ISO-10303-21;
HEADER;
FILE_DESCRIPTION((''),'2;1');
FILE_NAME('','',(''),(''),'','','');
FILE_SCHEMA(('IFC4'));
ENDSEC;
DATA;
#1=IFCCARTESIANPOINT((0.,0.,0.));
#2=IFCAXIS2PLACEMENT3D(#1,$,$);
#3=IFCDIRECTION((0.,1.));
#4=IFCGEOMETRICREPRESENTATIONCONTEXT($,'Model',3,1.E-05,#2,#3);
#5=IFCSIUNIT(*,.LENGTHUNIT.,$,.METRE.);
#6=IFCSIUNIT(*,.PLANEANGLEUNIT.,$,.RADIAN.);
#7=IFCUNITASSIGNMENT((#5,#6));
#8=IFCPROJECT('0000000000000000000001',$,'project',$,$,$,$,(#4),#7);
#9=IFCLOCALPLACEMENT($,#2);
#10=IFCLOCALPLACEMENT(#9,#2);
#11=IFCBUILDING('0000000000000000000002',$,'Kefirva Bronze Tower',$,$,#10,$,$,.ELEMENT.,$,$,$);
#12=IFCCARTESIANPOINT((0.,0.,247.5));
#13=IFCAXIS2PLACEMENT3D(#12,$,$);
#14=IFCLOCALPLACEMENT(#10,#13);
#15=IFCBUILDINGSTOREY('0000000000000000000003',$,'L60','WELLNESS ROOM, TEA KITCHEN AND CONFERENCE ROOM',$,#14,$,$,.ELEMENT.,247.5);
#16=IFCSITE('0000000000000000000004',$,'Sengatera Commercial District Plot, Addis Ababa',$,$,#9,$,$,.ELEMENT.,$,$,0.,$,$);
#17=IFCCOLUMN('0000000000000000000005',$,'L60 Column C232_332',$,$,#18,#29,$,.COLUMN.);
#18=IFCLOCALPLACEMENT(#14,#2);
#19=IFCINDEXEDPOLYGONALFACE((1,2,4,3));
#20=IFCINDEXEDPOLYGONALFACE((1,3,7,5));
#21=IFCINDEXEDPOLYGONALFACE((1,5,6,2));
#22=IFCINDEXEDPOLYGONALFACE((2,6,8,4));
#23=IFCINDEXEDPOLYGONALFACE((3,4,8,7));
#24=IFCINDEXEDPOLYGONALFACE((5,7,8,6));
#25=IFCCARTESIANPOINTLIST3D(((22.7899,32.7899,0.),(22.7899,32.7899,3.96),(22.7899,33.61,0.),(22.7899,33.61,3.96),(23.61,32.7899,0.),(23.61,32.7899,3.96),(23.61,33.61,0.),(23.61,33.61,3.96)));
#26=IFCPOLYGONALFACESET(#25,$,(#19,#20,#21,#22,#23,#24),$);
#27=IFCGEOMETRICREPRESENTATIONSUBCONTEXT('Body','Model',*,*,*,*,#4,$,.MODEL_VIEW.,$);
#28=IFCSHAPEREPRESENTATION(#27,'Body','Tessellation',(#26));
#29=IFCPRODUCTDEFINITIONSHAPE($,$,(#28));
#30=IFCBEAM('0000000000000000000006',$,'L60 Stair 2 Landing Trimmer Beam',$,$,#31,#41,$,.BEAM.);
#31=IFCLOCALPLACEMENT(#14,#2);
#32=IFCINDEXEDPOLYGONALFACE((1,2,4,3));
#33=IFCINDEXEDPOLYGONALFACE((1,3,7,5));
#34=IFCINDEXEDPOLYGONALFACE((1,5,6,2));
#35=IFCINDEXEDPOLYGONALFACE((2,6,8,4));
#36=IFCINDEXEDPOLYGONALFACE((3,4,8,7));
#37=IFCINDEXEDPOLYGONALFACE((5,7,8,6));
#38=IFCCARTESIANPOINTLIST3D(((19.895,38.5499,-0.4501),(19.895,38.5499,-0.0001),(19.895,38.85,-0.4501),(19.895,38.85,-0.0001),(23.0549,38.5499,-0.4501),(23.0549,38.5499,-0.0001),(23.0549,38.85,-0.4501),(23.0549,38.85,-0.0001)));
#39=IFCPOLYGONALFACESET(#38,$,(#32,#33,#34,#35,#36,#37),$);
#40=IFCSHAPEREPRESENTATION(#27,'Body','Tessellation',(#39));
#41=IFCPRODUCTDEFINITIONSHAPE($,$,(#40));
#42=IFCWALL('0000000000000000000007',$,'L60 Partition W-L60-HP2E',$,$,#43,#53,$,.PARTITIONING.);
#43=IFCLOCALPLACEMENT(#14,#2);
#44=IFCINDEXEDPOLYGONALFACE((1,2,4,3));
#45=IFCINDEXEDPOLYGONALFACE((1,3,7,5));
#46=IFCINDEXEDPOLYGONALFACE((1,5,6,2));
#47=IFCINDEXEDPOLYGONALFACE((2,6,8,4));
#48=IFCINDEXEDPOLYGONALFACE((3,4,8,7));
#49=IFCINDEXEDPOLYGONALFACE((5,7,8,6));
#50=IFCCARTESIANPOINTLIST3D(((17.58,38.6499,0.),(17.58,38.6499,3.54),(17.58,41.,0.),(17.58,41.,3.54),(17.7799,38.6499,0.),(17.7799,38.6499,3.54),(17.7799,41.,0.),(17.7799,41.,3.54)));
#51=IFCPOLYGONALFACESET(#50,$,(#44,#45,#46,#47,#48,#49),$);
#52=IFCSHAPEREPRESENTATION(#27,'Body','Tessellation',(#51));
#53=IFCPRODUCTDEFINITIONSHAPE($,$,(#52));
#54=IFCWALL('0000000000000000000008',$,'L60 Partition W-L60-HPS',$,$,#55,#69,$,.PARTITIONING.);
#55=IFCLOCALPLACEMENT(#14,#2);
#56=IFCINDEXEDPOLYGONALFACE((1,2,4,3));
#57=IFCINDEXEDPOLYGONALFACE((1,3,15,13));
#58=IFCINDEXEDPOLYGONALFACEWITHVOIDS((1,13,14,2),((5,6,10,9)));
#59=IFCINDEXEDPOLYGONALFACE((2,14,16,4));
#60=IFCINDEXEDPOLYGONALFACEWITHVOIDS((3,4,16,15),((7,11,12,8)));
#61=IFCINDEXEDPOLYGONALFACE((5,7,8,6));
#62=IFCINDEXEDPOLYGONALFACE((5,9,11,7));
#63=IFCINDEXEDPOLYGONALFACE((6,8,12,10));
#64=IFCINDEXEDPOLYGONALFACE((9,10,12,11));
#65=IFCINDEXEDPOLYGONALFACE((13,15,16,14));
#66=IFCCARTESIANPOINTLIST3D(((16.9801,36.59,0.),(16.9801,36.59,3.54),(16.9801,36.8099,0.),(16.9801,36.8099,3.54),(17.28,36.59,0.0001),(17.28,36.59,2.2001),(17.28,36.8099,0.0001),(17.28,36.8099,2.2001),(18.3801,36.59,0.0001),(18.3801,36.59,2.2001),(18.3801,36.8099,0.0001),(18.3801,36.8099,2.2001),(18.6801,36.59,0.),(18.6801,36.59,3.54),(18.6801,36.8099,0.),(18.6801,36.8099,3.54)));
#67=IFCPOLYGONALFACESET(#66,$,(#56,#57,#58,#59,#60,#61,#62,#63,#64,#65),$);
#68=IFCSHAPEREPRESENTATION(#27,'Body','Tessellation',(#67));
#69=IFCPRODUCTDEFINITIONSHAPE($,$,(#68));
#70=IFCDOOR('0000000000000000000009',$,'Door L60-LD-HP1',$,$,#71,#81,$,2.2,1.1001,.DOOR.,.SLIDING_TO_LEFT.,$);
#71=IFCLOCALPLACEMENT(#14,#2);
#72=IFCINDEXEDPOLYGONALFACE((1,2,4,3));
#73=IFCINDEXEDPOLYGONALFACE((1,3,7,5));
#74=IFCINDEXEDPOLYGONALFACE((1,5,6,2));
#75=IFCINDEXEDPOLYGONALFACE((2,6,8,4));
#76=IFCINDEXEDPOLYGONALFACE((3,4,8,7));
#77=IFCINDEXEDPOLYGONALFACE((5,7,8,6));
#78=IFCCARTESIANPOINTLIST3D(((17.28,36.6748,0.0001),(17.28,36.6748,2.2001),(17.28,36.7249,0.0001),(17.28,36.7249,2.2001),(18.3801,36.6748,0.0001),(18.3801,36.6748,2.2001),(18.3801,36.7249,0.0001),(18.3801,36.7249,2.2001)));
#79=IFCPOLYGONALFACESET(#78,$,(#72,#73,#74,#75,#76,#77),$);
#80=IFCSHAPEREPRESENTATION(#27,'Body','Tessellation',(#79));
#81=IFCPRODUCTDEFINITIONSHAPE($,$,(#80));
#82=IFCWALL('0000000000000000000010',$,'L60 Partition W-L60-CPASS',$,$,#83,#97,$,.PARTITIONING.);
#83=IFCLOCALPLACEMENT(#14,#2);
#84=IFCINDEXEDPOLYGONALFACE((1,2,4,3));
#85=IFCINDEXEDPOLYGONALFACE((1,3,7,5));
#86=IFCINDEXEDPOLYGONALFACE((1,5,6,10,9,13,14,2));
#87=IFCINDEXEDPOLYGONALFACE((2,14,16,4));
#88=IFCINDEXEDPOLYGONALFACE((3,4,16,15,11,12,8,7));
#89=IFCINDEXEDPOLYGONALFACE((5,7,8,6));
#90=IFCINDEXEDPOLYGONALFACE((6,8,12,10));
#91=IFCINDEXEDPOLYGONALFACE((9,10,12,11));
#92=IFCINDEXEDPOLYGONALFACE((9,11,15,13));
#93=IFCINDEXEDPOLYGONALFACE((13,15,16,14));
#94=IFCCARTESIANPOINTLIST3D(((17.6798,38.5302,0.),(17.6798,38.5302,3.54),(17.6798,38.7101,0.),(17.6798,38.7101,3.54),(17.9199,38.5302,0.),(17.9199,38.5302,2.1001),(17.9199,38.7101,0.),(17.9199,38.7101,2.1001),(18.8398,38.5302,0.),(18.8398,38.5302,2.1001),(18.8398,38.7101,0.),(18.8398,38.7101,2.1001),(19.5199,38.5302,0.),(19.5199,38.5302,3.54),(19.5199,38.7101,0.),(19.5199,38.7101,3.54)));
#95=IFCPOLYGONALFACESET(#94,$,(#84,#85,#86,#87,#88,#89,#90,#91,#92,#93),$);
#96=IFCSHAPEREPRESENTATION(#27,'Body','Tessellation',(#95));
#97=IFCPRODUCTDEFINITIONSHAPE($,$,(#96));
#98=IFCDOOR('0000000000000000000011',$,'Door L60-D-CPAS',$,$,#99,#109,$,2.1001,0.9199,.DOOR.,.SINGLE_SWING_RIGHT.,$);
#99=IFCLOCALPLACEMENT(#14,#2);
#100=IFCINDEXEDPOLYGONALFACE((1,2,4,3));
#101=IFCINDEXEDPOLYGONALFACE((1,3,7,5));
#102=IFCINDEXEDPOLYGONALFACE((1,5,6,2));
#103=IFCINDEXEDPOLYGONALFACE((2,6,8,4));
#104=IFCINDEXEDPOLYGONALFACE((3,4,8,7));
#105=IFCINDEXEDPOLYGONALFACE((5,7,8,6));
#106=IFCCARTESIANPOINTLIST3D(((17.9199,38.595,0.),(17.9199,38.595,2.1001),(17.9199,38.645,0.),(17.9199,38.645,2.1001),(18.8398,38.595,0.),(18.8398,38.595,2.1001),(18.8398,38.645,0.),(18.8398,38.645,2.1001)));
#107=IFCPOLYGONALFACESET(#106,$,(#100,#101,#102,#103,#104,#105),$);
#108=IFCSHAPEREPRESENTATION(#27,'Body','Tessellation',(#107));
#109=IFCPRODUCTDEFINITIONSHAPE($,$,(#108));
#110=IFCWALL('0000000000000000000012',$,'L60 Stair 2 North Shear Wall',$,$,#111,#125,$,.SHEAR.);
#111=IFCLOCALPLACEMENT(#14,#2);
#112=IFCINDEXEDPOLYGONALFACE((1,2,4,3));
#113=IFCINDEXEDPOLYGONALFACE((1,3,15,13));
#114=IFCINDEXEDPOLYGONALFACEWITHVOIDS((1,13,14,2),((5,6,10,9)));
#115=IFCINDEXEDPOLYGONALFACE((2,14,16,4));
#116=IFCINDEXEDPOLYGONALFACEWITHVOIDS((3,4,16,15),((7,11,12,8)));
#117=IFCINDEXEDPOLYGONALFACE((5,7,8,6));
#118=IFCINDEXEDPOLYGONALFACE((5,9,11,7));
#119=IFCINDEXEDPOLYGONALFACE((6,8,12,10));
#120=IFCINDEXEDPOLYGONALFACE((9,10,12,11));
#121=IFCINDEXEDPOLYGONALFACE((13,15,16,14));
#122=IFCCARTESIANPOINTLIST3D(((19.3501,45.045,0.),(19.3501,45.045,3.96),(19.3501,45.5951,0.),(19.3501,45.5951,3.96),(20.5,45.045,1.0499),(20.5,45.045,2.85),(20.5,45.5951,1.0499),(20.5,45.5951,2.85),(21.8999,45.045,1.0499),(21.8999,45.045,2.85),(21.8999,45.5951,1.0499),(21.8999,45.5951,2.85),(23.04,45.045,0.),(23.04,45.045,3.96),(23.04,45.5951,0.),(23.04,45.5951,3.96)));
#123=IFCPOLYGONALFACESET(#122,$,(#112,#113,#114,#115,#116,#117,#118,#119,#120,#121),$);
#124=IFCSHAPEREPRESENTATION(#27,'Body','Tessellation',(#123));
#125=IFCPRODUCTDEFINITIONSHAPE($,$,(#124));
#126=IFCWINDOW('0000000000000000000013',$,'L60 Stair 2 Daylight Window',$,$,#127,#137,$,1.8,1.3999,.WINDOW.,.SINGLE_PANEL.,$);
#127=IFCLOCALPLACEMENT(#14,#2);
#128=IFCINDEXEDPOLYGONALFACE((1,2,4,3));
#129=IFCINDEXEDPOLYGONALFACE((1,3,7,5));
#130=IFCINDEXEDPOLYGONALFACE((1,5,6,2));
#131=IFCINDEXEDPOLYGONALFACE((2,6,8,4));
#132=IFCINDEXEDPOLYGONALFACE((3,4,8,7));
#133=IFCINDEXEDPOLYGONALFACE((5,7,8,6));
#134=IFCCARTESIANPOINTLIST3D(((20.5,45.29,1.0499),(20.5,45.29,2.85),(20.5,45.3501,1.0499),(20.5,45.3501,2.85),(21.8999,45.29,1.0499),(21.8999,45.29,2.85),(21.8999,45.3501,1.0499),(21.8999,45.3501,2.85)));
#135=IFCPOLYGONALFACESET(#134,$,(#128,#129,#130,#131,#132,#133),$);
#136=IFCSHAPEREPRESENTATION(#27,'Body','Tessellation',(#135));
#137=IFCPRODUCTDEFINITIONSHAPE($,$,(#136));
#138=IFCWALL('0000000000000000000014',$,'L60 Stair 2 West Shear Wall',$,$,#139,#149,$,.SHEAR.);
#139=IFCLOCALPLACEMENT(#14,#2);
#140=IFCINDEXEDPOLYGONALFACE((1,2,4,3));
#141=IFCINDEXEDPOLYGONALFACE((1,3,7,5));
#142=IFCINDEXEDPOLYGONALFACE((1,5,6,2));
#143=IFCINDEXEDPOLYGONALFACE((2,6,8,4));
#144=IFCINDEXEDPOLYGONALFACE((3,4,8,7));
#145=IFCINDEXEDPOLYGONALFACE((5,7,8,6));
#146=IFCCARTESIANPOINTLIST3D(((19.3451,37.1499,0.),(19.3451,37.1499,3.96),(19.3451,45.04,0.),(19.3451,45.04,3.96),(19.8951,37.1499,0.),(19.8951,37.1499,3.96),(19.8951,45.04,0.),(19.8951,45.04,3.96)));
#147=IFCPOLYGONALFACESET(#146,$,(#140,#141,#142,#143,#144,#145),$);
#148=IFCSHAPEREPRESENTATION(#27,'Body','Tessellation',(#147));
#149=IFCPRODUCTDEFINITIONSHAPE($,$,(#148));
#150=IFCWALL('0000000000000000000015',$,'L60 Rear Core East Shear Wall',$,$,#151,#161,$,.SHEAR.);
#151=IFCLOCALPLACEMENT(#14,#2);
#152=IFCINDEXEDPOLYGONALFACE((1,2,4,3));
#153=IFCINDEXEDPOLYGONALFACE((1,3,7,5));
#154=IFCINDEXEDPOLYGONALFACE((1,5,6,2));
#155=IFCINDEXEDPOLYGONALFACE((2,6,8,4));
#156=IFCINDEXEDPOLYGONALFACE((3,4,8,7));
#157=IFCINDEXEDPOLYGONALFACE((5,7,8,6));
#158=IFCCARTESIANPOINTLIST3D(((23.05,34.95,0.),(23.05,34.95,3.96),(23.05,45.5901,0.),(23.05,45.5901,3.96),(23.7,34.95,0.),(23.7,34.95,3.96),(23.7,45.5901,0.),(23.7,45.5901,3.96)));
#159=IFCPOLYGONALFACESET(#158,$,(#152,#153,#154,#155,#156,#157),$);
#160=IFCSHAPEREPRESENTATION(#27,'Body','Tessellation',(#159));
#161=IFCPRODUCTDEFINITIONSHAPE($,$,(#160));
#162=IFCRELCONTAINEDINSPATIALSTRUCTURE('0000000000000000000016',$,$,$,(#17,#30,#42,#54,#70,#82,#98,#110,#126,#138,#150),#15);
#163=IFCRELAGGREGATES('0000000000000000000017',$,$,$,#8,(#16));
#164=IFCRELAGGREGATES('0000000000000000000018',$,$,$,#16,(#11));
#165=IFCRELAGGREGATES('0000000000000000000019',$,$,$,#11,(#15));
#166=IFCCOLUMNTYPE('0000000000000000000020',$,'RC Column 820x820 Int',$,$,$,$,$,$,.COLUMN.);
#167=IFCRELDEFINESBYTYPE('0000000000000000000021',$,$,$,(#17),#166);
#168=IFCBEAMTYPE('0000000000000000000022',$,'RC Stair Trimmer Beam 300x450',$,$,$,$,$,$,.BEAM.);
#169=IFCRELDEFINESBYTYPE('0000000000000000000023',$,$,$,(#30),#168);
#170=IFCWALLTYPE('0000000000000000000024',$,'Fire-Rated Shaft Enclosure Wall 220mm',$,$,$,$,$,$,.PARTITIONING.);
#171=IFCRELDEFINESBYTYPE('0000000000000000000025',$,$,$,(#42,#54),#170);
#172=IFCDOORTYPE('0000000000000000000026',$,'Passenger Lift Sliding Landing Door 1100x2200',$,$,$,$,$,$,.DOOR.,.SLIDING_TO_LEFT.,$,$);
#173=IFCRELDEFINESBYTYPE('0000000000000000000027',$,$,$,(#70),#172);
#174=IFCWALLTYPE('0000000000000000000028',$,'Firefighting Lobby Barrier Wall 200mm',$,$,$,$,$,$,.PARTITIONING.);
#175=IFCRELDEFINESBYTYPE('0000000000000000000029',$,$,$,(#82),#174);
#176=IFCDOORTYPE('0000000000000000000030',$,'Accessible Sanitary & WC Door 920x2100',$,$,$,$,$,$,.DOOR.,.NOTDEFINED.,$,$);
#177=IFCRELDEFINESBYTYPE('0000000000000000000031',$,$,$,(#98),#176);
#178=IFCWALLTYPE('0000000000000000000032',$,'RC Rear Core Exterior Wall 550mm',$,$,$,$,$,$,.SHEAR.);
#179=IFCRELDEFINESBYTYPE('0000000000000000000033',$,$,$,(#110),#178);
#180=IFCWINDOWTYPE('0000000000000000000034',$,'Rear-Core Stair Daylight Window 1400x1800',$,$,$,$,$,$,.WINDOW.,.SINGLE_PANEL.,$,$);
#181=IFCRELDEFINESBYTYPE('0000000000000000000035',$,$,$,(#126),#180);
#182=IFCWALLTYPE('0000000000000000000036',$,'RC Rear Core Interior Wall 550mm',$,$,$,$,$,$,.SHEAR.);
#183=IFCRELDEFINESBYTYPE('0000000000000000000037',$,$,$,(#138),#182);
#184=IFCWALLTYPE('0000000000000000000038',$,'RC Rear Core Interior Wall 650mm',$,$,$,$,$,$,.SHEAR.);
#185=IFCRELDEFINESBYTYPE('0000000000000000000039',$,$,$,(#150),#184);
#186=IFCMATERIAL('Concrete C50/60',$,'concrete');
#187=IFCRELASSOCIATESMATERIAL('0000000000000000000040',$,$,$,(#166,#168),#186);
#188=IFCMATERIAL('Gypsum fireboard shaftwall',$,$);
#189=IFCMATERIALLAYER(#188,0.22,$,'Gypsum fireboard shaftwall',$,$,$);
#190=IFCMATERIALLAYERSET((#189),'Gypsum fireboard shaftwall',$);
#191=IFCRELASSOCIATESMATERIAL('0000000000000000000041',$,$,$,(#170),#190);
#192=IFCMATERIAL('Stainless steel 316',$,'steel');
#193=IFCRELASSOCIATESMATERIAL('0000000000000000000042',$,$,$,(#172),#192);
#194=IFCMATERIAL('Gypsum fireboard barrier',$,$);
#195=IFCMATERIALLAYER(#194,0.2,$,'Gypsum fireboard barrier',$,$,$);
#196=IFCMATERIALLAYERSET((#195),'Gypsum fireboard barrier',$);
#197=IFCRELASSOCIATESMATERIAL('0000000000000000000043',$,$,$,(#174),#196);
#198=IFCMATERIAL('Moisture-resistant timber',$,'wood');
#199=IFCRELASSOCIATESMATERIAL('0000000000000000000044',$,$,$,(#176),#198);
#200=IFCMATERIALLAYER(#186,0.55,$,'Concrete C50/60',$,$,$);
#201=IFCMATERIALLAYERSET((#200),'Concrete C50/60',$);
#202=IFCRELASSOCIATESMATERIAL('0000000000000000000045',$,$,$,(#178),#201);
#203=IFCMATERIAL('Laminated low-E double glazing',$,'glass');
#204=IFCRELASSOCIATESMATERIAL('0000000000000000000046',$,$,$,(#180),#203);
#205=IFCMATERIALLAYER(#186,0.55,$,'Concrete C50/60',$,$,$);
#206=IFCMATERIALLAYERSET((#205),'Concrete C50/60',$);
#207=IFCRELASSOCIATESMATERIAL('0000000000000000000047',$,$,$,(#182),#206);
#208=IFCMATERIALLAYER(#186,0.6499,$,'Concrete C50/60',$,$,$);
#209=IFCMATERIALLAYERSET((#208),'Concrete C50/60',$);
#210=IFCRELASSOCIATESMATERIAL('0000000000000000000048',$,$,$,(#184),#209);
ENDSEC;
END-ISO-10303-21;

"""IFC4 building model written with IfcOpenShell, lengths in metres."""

from ifc_helpers import new_model, si_unit, direction, frame, frame_2d, origin, origin_2d, place, context, subcontext, project, spatial, rectangle, extrude, material, layer, layer_set, material_profile, profile_set, type_object, element, fill, save


model = new_model("IFC4")

# Units and contexts
model_context = context("Model", 3, precision=1e-05, world=origin(), true_north=direction((0.0, 1.0)))
body_context = subcontext(model_context, "Body", "Model", "MODEL_VIEW")
ifc_project = project(units=[si_unit("LENGTHUNIT", "METRE"), si_unit("PLANEANGLEUNIT", "RADIAN")], contexts=[model_context])

# Site, building, storey
site_placement = place(None, origin())
site = spatial("IfcSite", under=ifc_project, at=site_placement, Name="Sengatera Commercial District Plot, Addis Ababa", CompositionType="ELEMENT", RefElevation=0.0)
building_placement = place(site_placement, origin())
building = spatial("IfcBuilding", under=site, at=building_placement, Name="Kefirva Bronze Tower", CompositionType="ELEMENT")
storey_placement = place(building_placement, frame((0.0, 0.0, 247.5)))
storey = spatial("IfcBuildingStorey", under=building, at=storey_placement, Name="L60", Description="WELLNESS ROOM, TEA KITCHEN AND CONFERENCE ROOM", CompositionType="ELEMENT", Elevation=247.5)

# Column
ifc_material_1 = material(Name="Concrete C50/60", Category="concrete")
ifc_material_profile_1 = material_profile(ifc_material_1, rectangle(XDim=0.8201, YDim=0.8201, at=origin_2d()), Name="RC 820x820")
ifc_profile_set_1 = profile_set([ifc_material_profile_1], Name="Concrete C50/60")
column_type = type_object("IfcColumnType", Name="RC Column 820x820 Int", PredefinedType="COLUMN", material=ifc_profile_set_1)
column_placement = place(storey_placement, frame((23.2, 33.2, 0.0), z_axis=(0.0, 0.0, 1.0), x_axis=(1.0, 0.0, 0.0)))
element("IfcColumn", 1, at=column_placement, inside=storey, type_object=column_type, Name="L60 Column C232_332", PredefinedType="COLUMN", context=body_context, shape_type="SweptSolid", body=[
    extrude(rectangle(XDim=0.8201, YDim=0.8201, at=origin_2d()), origin(), (0.0, 0.0, 1.0), 3.96),
])

# Beam
ifc_material_profile_2 = material_profile(ifc_material_1, rectangle(XDim=0.3, YDim=0.45, at=origin_2d()), Name="RC 300x450")
ifc_profile_set_2 = profile_set([ifc_material_profile_2], Name="Concrete C50/60")
beam_type = type_object("IfcBeamType", Name="RC Stair Trimmer Beam 300x450", PredefinedType="BEAM", material=ifc_profile_set_2)
beam_placement = place(storey_placement, frame((19.895, 38.7, -0.2251), z_axis=(1.0, 0.0, 0.0), x_axis=(0.0, 1.0, 0.0)))
element("IfcBeam", 2, at=beam_placement, inside=storey, type_object=beam_type, Name="L60 Stair 2 Landing Trimmer Beam", PredefinedType="BEAM", context=body_context, shape_type="SweptSolid", body=[
    extrude(rectangle(XDim=0.3, YDim=0.45, at=origin_2d()), origin(), (0.0, 0.0, 1.0), 3.1599),
])

# Shared definitions
ifc_material_2 = material(Name="Gypsum fireboard shaftwall")
ifc_layer_1 = layer(ifc_material_2, 0.22, Name="Gypsum fireboard shaftwall")
ifc_layer_set_1 = layer_set([ifc_layer_1], Name="Gypsum fireboard shaftwall")
wall_type_1 = type_object("IfcWallType", Name="Fire-Rated Shaft Enclosure Wall 220mm", PredefinedType="PARTITIONING", material=ifc_layer_set_1)

# Wall
wall_1_placement = place(storey_placement, frame((17.6799, 38.6499, 0.0), z_axis=(0.0, 0.0, 1.0), x_axis=(0.0, 1.0, 0.0)))
element("IfcWall", 3, at=wall_1_placement, inside=storey, type_object=wall_type_1, Name="L60 Partition W-L60-HP2E", PredefinedType="PARTITIONING", context=body_context, shape_type="SweptSolid", body=[
    extrude(rectangle(XDim=2.3501, YDim=0.2, at=frame_2d((1.175, 0.0))), origin(), (0.0, 0.0, 1.0), 3.54),
])

# Walls, openings, doors
wall_2_placement = place(storey_placement, frame((16.98, 36.7, 0.0), z_axis=(0.0, 0.0, 1.0), x_axis=(1.0, 0.0, 0.0)))
wall_2 = element("IfcWall", 4, at=wall_2_placement, inside=storey, type_object=wall_type_1, Name="L60 Partition W-L60-HPS", PredefinedType="PARTITIONING", context=body_context, shape_type="SweptSolid", body=[
    extrude(rectangle(XDim=1.7, YDim=0.22, at=frame_2d((0.8501, 0.0))), origin(), (0.0, 0.0, 1.0), 3.54),
])
opening_1_placement = place(wall_2_placement, frame((0.3, 0.0, 0.0)))
opening_1 = element("IfcOpeningElement", 5, at=opening_1_placement, cuts=wall_2, PredefinedType="OPENING", context=body_context, shape_type="SweptSolid", body=[
    extrude(rectangle(XDim=1.1001, YDim=2.2, at=frame_2d((0.55, 1.1001))), frame((0.0, 0.1201, 0.0), z_axis=(0.0, -1.0, 0.0), x_axis=(1.0, 0.0, 0.0)), (0.0, 0.0, 1.0), 0.24),
])
ifc_material_3 = material(Name="Stainless steel 316", Category="steel")
door_type_1 = type_object("IfcDoorType", Name="Passenger Lift Sliding Landing Door 1100x2200", OperationType="SLIDING_TO_LEFT", PredefinedType="DOOR", material=ifc_material_3)
door_1_placement = place(opening_1_placement, origin())
door_1 = element("IfcDoor", 6, at=door_1_placement, inside=storey, type_object=door_type_1, Name="Door L60-LD-HP1", OperationType="SLIDING_TO_LEFT", OverallHeight=2.2, OverallWidth=1.1001, PredefinedType="DOOR", context=body_context, shape_type="SweptSolid", body=[
    extrude(rectangle(XDim=1.1001, YDim=2.2, at=frame_2d((0.55, 1.1001))), frame((0.0, 0.0249, 0.0), z_axis=(0.0, -1.0, 0.0), x_axis=(1.0, 0.0, 0.0)), (0.0, 0.0, 1.0), 0.05),
])
fill(opening_1, door_1)
ifc_material_4 = material(Name="Gypsum fireboard barrier")
ifc_layer_2 = layer(ifc_material_4, 0.2, Name="Gypsum fireboard barrier")
ifc_layer_set_2 = layer_set([ifc_layer_2], Name="Gypsum fireboard barrier")
wall_type_2 = type_object("IfcWallType", Name="Firefighting Lobby Barrier Wall 200mm", PredefinedType="PARTITIONING", material=ifc_layer_set_2)
wall_3_placement = place(storey_placement, frame((17.6799, 38.6201, 0.0), z_axis=(0.0, 0.0, 1.0), x_axis=(1.0, 0.0, 0.0)))
wall_3 = element("IfcWall", 7, at=wall_3_placement, inside=storey, type_object=wall_type_2, Name="L60 Partition W-L60-CPASS", PredefinedType="PARTITIONING", context=body_context, shape_type="SweptSolid", body=[
    extrude(rectangle(XDim=1.8401, YDim=0.1799, at=frame_2d((0.9199, 0.0))), origin(), (0.0, 0.0, 1.0), 3.54),
])
opening_2_placement = place(wall_3_placement, frame((0.24, 0.0, 0.0)))
opening_2 = element("IfcOpeningElement", 8, at=opening_2_placement, cuts=wall_3, PredefinedType="OPENING", context=body_context, shape_type="SweptSolid", body=[
    extrude(rectangle(XDim=0.9199, YDim=2.1001, at=frame_2d((0.46, 1.05))), frame((0.0, 0.1001, 0.0), z_axis=(0.0, -1.0, 0.0), x_axis=(1.0, 0.0, 0.0)), (0.0, 0.0, 1.0), 0.2),
])
ifc_material_5 = material(Name="Moisture-resistant timber", Category="wood")
door_type_2 = type_object("IfcDoorType", Name="Accessible Sanitary & WC Door 920x2100", OperationType="NOTDEFINED", PredefinedType="DOOR", material=ifc_material_5)
door_2_placement = place(opening_2_placement, origin())
door_2 = element("IfcDoor", 9, at=door_2_placement, inside=storey, type_object=door_type_2, Name="Door L60-D-CPAS", OperationType="SINGLE_SWING_RIGHT", OverallHeight=2.1001, OverallWidth=0.9199, PredefinedType="DOOR", context=body_context, shape_type="SweptSolid", body=[
    extrude(rectangle(XDim=0.9199, YDim=2.1001, at=frame_2d((0.46, 1.05))), frame((0.0, 0.0249, 0.0), z_axis=(0.0, -1.0, 0.0), x_axis=(1.0, 0.0, 0.0)), (0.0, 0.0, 1.0), 0.05),
])
fill(opening_2, door_2)

# Wall, opening, window
ifc_layer_3 = layer(ifc_material_1, 0.55, Name="Concrete C50/60")
ifc_layer_set_3 = layer_set([ifc_layer_3], Name="Concrete C50/60")
wall_type_3 = type_object("IfcWallType", Name="RC Rear Core Exterior Wall 550mm", PredefinedType="SHEAR", material=ifc_layer_set_3)
wall_4_placement = place(storey_placement, frame((19.3501, 45.3201, 0.0), z_axis=(0.0, 0.0, 1.0), x_axis=(1.0, 0.0, 0.0)))
wall_4 = element("IfcWall", 10, at=wall_4_placement, inside=storey, type_object=wall_type_3, Name="L60 Stair 2 North Shear Wall", PredefinedType="SHEAR", context=body_context, shape_type="SweptSolid", body=[
    extrude(rectangle(XDim=3.6899, YDim=0.55, at=frame_2d((1.845, 0.0))), origin(), (0.0, 0.0, 1.0), 3.96),
])
opening_3_placement = place(wall_4_placement, frame((1.1499, 0.0, 1.05)))
opening_3 = element("IfcOpeningElement", 11, at=opening_3_placement, cuts=wall_4, PredefinedType="OPENING", context=body_context, shape_type="SweptSolid", body=[
    extrude(rectangle(XDim=1.3999, YDim=1.8, at=frame_2d((0.7, 0.8999))), frame((0.0, 0.2852, 0.0), z_axis=(0.0, -1.0, 0.0), x_axis=(1.0, 0.0, 0.0)), (0.0, 0.0, 1.0), 0.5701),
])
ifc_material_6 = material(Name="Laminated low-E double glazing", Category="glass")
window_type = type_object("IfcWindowType", Name="Rear-Core Stair Daylight Window 1400x1800", PartitioningType="SINGLE_PANEL", PredefinedType="WINDOW", material=ifc_material_6)
window_placement = place(opening_3_placement, origin())
window = element("IfcWindow", 12, at=window_placement, inside=storey, type_object=window_type, Name="L60 Stair 2 Daylight Window", OverallHeight=1.8, OverallWidth=1.3999, PartitioningType="SINGLE_PANEL", PredefinedType="WINDOW", context=body_context, shape_type="SweptSolid", body=[
    extrude(rectangle(XDim=1.3999, YDim=1.8, at=frame_2d((0.7, 0.8999))), frame((0.0, 0.03, 0.0), z_axis=(0.0, -1.0, 0.0), x_axis=(1.0, 0.0, 0.0)), (0.0, 0.0, 1.0), 0.0601),
])
fill(opening_3, window)

# Walls
ifc_layer_4 = layer(ifc_material_1, 0.55, Name="Concrete C50/60")
ifc_layer_set_4 = layer_set([ifc_layer_4], Name="Concrete C50/60")
wall_type_4 = type_object("IfcWallType", Name="RC Rear Core Interior Wall 550mm", PredefinedType="SHEAR", material=ifc_layer_set_4)
wall_5_placement = place(storey_placement, frame((19.6201, 37.1499, 0.0), z_axis=(0.0, 0.0, 1.0), x_axis=(0.0, 1.0, 0.0)))
element("IfcWall", 13, at=wall_5_placement, inside=storey, type_object=wall_type_4, Name="L60 Stair 2 West Shear Wall", PredefinedType="SHEAR", context=body_context, shape_type="SweptSolid", body=[
    extrude(rectangle(XDim=7.8901, YDim=0.55, at=frame_2d((3.9451, 0.0))), origin(), (0.0, 0.0, 1.0), 3.96),
])
ifc_layer_5 = layer(ifc_material_1, 0.6499, Name="Concrete C50/60")
ifc_layer_set_5 = layer_set([ifc_layer_5], Name="Concrete C50/60")
wall_type_5 = type_object("IfcWallType", Name="RC Rear Core Interior Wall 650mm", PredefinedType="SHEAR", material=ifc_layer_set_5)
wall_6_placement = place(storey_placement, frame((23.375, 34.95, 0.0), z_axis=(0.0, 0.0, 1.0), x_axis=(0.0, 1.0, 0.0)))
element("IfcWall", 14, at=wall_6_placement, inside=storey, type_object=wall_type_5, Name="L60 Rear Core East Shear Wall", PredefinedType="SHEAR", context=body_context, shape_type="SweptSolid", body=[
    extrude(rectangle(XDim=10.6401, YDim=0.6499, at=frame_2d((5.3201, 0.0))), origin(), (0.0, 0.0, 1.0), 3.96),
])

save(model, "model.ifc")
